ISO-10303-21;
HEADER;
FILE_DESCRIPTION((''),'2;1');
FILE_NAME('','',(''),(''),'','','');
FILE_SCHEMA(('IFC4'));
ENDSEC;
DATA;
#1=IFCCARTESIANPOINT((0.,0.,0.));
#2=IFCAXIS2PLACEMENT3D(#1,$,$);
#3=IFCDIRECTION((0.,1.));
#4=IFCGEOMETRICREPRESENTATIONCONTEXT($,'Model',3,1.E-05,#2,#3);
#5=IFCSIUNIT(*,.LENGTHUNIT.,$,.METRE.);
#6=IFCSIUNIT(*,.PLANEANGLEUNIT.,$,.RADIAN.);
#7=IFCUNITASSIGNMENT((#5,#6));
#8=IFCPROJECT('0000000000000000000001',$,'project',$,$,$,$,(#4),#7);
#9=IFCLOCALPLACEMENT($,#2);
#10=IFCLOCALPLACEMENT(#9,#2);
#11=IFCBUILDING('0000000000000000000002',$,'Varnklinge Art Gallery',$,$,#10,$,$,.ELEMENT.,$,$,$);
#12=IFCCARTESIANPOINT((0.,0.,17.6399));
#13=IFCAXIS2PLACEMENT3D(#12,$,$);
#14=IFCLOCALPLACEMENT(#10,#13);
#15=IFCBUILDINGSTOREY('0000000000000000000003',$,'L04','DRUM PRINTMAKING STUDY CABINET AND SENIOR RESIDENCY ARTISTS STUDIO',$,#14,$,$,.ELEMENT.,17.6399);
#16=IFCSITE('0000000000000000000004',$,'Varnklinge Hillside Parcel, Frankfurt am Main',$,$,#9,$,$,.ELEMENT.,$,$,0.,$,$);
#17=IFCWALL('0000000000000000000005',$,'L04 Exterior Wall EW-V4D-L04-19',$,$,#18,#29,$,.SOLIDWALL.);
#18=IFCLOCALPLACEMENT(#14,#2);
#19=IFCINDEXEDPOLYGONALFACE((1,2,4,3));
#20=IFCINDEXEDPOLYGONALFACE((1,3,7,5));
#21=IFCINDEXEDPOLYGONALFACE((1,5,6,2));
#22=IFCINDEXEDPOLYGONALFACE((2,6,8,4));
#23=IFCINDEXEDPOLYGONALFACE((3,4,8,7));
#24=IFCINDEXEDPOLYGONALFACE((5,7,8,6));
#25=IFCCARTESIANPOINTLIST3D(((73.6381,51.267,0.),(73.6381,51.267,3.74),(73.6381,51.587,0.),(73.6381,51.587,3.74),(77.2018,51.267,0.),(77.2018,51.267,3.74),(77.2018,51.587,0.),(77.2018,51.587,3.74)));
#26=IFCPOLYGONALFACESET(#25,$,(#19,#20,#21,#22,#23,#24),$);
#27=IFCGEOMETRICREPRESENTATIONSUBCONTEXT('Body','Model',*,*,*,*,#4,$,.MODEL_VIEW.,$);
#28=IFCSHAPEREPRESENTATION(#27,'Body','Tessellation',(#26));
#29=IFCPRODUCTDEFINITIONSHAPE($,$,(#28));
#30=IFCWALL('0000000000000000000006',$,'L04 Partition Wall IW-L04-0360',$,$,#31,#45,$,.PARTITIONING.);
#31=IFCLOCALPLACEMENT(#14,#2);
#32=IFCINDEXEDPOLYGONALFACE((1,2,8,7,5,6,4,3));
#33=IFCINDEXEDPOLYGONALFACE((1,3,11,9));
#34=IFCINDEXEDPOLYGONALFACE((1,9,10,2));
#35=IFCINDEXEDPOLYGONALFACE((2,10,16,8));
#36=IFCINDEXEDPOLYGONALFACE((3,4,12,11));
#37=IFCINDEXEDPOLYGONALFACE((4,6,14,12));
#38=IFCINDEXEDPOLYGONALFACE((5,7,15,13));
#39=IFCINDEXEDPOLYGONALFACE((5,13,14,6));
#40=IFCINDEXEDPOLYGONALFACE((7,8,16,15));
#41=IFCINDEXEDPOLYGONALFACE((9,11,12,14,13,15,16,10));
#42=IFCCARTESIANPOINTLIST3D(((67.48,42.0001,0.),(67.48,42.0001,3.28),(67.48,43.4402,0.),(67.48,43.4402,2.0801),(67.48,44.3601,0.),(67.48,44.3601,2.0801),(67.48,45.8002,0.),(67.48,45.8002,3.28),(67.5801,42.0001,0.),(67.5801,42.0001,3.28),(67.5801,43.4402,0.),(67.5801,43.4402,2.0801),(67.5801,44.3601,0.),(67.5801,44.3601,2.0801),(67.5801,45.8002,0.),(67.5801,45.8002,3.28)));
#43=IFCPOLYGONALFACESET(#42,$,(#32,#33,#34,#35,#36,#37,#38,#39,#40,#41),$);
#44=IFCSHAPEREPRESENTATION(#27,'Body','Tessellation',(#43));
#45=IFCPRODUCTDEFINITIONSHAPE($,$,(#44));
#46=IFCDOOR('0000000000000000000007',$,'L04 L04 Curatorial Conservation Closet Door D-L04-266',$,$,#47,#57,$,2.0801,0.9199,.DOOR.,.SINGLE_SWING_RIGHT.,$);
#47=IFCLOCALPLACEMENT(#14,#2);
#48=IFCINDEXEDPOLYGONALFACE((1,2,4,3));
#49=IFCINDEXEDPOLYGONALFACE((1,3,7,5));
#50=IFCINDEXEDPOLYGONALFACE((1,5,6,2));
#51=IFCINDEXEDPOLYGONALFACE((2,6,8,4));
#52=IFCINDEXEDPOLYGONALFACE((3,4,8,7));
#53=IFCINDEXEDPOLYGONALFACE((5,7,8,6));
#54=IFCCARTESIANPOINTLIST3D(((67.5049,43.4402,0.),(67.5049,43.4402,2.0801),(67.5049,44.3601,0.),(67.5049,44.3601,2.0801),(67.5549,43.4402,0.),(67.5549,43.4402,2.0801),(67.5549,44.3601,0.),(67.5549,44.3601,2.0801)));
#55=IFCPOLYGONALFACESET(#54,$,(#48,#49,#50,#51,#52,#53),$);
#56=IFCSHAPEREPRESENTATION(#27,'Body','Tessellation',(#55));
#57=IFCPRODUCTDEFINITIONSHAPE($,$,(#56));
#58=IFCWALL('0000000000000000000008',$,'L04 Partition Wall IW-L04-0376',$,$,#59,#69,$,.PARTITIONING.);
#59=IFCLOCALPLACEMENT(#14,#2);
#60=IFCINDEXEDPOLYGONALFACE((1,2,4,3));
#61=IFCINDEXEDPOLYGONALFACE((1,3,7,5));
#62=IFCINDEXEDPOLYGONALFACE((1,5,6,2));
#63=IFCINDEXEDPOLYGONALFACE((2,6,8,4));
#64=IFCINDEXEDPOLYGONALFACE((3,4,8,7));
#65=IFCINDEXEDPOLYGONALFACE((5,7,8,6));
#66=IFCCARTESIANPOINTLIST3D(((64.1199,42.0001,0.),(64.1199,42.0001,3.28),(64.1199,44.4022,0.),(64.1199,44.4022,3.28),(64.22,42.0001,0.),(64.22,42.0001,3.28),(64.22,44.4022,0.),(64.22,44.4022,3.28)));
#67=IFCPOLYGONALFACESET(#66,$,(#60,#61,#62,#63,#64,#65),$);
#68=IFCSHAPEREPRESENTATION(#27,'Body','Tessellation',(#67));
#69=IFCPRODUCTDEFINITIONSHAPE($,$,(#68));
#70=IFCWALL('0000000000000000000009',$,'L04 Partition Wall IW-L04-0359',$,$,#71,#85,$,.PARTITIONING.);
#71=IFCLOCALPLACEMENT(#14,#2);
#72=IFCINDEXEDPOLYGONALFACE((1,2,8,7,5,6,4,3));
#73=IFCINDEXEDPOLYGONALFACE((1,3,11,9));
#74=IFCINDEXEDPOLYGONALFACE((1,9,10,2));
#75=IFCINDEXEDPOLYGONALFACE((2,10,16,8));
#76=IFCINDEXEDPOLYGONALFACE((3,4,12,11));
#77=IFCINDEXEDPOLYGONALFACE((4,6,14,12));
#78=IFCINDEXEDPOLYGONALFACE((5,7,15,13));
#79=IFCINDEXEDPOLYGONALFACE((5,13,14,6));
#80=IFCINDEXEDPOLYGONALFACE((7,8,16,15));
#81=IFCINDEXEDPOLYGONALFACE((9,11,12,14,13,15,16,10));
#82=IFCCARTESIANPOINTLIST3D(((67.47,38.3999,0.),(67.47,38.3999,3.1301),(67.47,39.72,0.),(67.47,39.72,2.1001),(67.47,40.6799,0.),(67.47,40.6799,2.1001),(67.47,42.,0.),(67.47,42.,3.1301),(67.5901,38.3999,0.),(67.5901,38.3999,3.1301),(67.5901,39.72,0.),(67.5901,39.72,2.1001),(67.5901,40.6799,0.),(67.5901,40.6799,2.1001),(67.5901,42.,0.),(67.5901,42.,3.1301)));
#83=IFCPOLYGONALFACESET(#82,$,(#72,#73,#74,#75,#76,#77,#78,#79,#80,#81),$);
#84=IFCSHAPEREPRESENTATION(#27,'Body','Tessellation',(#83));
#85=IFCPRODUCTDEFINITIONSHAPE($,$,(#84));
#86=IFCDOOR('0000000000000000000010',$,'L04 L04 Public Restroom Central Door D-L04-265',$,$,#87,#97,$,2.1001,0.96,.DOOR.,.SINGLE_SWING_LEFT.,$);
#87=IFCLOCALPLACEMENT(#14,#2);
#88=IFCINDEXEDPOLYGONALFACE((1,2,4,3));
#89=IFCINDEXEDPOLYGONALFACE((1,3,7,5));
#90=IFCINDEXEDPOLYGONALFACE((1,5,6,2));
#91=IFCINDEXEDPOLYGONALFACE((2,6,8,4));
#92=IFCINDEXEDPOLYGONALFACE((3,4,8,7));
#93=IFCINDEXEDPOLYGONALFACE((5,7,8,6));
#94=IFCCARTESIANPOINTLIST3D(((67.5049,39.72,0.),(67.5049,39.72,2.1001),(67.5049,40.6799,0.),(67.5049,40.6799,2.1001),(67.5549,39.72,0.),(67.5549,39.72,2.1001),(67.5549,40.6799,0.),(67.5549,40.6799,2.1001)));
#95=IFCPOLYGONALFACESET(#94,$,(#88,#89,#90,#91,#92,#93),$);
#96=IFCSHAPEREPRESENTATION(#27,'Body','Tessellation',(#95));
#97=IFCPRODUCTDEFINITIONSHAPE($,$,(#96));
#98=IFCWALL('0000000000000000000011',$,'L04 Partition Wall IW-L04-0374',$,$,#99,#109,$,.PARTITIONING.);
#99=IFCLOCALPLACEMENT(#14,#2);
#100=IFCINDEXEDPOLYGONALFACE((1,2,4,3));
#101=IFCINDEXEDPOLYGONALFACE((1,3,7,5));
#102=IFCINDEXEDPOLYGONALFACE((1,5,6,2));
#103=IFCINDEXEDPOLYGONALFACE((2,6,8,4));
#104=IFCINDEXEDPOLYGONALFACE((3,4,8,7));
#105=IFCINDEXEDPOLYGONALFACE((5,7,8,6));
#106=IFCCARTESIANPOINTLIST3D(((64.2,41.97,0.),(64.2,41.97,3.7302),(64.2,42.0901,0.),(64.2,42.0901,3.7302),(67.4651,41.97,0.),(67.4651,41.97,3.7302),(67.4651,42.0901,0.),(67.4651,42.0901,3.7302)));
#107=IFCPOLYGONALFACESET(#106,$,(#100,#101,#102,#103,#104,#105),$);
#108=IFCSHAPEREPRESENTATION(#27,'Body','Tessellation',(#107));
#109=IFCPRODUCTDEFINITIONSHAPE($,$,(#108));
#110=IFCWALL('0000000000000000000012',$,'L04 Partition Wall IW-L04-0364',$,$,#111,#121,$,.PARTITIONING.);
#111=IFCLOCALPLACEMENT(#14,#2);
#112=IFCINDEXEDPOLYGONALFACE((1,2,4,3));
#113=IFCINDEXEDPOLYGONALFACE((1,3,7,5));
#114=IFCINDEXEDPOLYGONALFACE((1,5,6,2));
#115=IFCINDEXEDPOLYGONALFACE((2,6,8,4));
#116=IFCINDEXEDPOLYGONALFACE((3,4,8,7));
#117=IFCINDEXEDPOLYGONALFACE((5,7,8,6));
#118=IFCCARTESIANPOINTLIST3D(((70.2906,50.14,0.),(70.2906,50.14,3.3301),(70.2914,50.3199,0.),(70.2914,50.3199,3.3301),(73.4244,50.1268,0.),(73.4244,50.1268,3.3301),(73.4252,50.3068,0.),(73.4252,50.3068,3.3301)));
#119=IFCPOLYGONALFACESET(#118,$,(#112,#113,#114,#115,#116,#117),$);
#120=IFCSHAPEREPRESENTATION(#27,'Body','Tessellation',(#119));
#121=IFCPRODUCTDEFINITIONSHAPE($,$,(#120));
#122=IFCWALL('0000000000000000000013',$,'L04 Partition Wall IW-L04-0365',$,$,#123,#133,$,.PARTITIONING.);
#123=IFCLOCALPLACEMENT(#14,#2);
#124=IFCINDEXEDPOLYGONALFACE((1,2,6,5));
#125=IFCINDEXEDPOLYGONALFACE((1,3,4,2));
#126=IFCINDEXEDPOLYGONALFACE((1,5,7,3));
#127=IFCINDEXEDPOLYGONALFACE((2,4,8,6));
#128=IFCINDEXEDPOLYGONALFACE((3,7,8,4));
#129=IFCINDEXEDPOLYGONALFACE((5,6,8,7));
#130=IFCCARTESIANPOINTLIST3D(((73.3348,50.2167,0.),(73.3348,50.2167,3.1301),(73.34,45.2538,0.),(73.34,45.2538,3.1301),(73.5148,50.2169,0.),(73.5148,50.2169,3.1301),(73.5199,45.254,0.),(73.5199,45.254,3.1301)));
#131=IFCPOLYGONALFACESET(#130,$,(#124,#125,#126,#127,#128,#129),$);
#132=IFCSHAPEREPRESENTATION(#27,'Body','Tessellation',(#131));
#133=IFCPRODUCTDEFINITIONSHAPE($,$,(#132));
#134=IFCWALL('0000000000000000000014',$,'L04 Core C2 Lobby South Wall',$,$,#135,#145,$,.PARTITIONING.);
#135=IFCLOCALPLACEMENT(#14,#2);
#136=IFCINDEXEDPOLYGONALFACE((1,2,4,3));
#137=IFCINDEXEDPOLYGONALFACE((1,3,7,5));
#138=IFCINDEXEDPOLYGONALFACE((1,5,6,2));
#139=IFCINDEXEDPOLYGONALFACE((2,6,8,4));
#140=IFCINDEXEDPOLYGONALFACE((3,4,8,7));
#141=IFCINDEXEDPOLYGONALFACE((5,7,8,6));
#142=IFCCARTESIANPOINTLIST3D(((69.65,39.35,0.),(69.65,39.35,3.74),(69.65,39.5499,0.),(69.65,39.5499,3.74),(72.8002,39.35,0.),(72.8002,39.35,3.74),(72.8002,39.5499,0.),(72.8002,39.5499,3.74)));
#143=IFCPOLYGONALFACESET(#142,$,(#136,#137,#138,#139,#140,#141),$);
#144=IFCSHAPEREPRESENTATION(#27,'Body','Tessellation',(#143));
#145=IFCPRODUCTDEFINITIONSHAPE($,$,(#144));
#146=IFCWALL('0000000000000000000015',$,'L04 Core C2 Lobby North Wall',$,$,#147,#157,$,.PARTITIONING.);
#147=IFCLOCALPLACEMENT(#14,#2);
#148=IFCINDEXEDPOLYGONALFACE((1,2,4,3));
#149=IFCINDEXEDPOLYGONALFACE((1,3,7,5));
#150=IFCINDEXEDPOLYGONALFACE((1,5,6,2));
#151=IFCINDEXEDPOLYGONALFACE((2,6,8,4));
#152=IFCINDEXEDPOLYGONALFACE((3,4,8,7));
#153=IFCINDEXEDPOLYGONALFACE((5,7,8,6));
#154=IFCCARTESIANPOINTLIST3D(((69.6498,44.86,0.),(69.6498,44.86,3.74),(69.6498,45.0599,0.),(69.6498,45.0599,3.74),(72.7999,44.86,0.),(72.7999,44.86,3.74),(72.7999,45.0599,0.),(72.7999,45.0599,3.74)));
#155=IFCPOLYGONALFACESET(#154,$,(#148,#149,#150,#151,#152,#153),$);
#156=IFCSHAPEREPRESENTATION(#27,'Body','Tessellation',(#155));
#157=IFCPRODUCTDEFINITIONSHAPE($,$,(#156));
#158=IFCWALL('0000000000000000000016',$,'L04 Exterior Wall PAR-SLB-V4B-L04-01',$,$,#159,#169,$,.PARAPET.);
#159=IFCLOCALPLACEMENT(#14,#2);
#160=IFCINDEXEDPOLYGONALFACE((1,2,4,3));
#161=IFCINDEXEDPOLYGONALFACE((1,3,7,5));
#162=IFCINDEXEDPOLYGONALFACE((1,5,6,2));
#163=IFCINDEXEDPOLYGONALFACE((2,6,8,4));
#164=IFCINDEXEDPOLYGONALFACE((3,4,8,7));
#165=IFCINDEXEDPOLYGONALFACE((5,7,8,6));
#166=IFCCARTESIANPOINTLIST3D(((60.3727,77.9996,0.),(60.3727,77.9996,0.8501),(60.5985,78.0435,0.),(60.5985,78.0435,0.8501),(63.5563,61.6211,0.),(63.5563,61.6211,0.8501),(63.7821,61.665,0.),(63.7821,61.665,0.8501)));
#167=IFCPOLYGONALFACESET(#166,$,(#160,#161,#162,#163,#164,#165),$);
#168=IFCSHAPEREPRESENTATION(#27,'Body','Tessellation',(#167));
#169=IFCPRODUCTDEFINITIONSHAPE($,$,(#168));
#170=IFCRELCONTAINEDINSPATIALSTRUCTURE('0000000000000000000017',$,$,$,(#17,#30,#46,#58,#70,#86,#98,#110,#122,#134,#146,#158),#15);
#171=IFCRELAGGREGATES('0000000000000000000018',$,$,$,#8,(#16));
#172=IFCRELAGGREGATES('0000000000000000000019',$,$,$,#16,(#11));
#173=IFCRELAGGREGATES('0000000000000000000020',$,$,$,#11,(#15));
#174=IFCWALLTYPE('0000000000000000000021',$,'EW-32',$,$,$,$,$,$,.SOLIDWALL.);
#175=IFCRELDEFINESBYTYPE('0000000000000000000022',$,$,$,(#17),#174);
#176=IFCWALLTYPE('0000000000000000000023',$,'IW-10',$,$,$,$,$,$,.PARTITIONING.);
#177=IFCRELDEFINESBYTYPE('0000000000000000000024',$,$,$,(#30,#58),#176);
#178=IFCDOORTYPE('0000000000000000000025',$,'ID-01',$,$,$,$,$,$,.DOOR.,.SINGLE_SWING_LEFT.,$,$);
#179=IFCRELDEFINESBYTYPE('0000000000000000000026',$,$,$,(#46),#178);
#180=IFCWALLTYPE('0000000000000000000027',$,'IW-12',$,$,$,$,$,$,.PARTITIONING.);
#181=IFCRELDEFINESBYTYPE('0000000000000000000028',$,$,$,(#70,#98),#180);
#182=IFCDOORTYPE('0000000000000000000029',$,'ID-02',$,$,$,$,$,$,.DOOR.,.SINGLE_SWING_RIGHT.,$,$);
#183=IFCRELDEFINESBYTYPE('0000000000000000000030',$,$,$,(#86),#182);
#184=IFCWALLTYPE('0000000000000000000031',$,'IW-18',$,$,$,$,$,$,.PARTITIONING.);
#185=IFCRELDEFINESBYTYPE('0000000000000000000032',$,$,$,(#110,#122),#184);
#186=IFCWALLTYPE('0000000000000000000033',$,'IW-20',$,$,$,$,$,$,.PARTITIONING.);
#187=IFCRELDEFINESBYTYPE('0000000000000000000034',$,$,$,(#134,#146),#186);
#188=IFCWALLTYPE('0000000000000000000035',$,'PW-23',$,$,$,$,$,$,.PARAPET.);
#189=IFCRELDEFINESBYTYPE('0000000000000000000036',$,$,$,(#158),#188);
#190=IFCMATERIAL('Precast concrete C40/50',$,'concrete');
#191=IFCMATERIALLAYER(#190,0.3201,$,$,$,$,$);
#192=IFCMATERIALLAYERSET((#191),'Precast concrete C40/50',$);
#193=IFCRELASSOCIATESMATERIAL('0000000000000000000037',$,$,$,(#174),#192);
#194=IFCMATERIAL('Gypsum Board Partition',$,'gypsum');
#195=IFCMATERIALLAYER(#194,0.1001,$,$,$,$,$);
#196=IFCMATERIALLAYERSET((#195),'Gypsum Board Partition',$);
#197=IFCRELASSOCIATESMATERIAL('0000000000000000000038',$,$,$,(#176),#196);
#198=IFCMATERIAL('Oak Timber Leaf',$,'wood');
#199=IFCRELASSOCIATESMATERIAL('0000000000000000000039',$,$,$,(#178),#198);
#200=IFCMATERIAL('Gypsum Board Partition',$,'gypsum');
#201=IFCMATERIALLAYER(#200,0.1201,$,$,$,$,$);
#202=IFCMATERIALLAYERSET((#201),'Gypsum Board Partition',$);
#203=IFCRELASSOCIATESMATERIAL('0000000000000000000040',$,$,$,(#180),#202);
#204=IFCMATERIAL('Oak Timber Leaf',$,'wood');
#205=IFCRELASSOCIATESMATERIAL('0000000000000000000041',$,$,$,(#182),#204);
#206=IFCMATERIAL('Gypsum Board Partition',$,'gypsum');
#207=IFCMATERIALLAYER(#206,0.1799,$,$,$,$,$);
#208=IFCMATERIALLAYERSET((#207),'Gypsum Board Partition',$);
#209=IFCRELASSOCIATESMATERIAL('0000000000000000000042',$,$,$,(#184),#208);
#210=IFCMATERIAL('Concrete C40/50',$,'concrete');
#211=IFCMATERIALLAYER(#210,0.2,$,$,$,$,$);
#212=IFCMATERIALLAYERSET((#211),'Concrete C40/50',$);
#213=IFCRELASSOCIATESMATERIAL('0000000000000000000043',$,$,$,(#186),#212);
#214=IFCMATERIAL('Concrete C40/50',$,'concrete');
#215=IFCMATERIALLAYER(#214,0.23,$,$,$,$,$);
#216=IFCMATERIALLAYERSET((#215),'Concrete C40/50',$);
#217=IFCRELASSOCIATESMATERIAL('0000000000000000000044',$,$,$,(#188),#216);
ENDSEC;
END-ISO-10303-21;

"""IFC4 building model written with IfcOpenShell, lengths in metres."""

from ifc_helpers import new_model, si_unit, direction, frame, frame_2d, origin, place, context, subcontext, project, spatial, rectangle, extrude, material, layer, layer_set, type_object, element, fill, save


model = new_model("IFC4")

# Units and contexts
model_context = context("Model", 3, precision=1e-05, world=origin(), true_north=direction((0.0, 1.0)))
body_context = subcontext(model_context, "Body", "Model", "MODEL_VIEW")
ifc_project = project(units=[si_unit("LENGTHUNIT", "METRE"), si_unit("PLANEANGLEUNIT", "RADIAN")], contexts=[model_context])

# Site, building, storey
site_placement = place(None, origin())
site = spatial("IfcSite", under=ifc_project, at=site_placement, Name="Varnklinge Hillside Parcel, Frankfurt am Main", CompositionType="ELEMENT", RefElevation=0.0)
building_placement = place(site_placement, origin())
building = spatial("IfcBuilding", under=site, at=building_placement, Name="Varnklinge Art Gallery", CompositionType="ELEMENT")
storey_placement = place(building_placement, frame((0.0, 0.0, 17.6399)))
storey = spatial("IfcBuildingStorey", under=building, at=storey_placement, Name="L04", Description="DRUM PRINTMAKING STUDY CABINET AND SENIOR RESIDENCY ARTISTS STUDIO", CompositionType="ELEMENT", Elevation=17.6399)

# Shared definitions
ifc_material_1 = material(Name="Precast concrete C40/50", Category="concrete")
ifc_layer_1 = layer(ifc_material_1, 0.3201)
ifc_layer_set_1 = layer_set([ifc_layer_1], Name="Precast concrete C40/50")
wall_type_1 = type_object("IfcWallType", Name="EW-32", PredefinedType="SOLIDWALL", material=ifc_layer_set_1)

# Wall
wall_1_placement = place(storey_placement, frame((73.6382, 51.427, 0.0), z_axis=(0.0, 0.0, 1.0), x_axis=(1.0, 0.0, 0.0)))
element("IfcWall", 1, at=wall_1_placement, inside=storey, type_object=wall_type_1, Name="L04 Exterior Wall EW-V4D-L04-19", PredefinedType="SOLIDWALL", context=body_context, shape_type="SweptSolid", body=[
    extrude(rectangle(XDim=3.5637, YDim=0.3201, at=frame_2d((1.7817, 0.0))), origin(), (0.0, 0.0, 1.0), 3.74),
])

# Wall, opening, door
ifc_material_2 = material(Name="Gypsum Board Partition", Category="gypsum")
ifc_layer_2 = layer(ifc_material_2, 0.1001)
ifc_layer_set_2 = layer_set([ifc_layer_2], Name="Gypsum Board Partition")
wall_type_2 = type_object("IfcWallType", Name="IW-10", PredefinedType="PARTITIONING", material=ifc_layer_set_2)
wall_2_placement = place(storey_placement, frame((67.53, 45.8, 0.0), z_axis=(0.0, 0.0, 1.0), x_axis=(0.0, -1.0, 0.0)))
wall_2 = element("IfcWall", 2, at=wall_2_placement, inside=storey, type_object=wall_type_2, Name="L04 Partition Wall IW-L04-0360", PredefinedType="PARTITIONING", context=body_context, shape_type="SweptSolid", body=[
    extrude(rectangle(XDim=3.8, YDim=0.1001, at=frame_2d((1.8999, 0.0))), origin(), (0.0, 0.0, 1.0), 3.28),
])
opening_1_placement = place(wall_2_placement, frame((1.4399, 0.0, 0.0)))
opening_1 = element("IfcOpeningElement", 3, at=opening_1_placement, cuts=wall_2, PredefinedType="OPENING", context=body_context, shape_type="SweptSolid", body=[
    extrude(rectangle(XDim=0.9199, YDim=2.0801, at=frame_2d((0.46, 1.04))), frame((0.0, 0.0601, 0.0), z_axis=(0.0, -1.0, 0.0), x_axis=(1.0, 0.0, 0.0)), (0.0, 0.0, 1.0), 0.1201),
])
ifc_material_3 = material(Name="Oak Timber Leaf", Category="wood")
door_type_1 = type_object("IfcDoorType", Name="ID-01", OperationType="SINGLE_SWING_LEFT", PredefinedType="DOOR", material=ifc_material_3)
door_1_placement = place(opening_1_placement, origin())
door_1 = element("IfcDoor", 4, at=door_1_placement, inside=storey, type_object=door_type_1, Name="L04 L04 Curatorial Conservation Closet Door D-L04-266", OperationType="SINGLE_SWING_RIGHT", OverallHeight=2.0801, OverallWidth=0.9199, PredefinedType="DOOR", context=body_context, shape_type="SweptSolid", body=[
    extrude(rectangle(XDim=0.9199, YDim=2.0801, at=frame_2d((0.46, 1.04))), frame((0.0, 0.0249, 0.0), z_axis=(0.0, -1.0, 0.0), x_axis=(1.0, 0.0, 0.0)), (0.0, 0.0, 1.0), 0.05),
])
fill(opening_1, door_1)

# Wall
wall_3_placement = place(storey_placement, frame((64.1699, 42.0, 0.0), z_axis=(0.0, 0.0, 1.0), x_axis=(0.0, 1.0, 0.0)))
element("IfcWall", 5, at=wall_3_placement, inside=storey, type_object=wall_type_2, Name="L04 Partition Wall IW-L04-0376", PredefinedType="PARTITIONING", context=body_context, shape_type="SweptSolid", body=[
    extrude(rectangle(XDim=2.4021, YDim=0.1001, at=frame_2d((1.2012, 0.0))), origin(), (0.0, 0.0, 1.0), 3.28),
])

# Wall, opening, door
ifc_material_4 = material(Name="Gypsum Board Partition", Category="gypsum")
ifc_layer_3 = layer(ifc_material_4, 0.1201)
ifc_layer_set_3 = layer_set([ifc_layer_3], Name="Gypsum Board Partition")
wall_type_3 = type_object("IfcWallType", Name="IW-12", PredefinedType="PARTITIONING", material=ifc_layer_set_3)
wall_4_placement = place(storey_placement, frame((67.53, 42.0, 0.0), z_axis=(0.0, 0.0, 1.0), x_axis=(0.0, -1.0, 0.0)))
wall_4 = element("IfcWall", 6, at=wall_4_placement, inside=storey, type_object=wall_type_3, Name="L04 Partition Wall IW-L04-0359", PredefinedType="PARTITIONING", context=body_context, shape_type="SweptSolid", body=[
    extrude(rectangle(XDim=3.6001, YDim=0.1201, at=frame_2d((1.8, 0.0))), origin(), (0.0, 0.0, 1.0), 3.1301),
])
opening_2_placement = place(wall_4_placement, frame((1.3201, 0.0, 0.0)))
opening_2 = element("IfcOpeningElement", 7, at=opening_2_placement, cuts=wall_4, PredefinedType="OPENING", context=body_context, shape_type="SweptSolid", body=[
    extrude(rectangle(XDim=0.96, YDim=2.1001, at=frame_2d((0.48, 1.05))), frame((0.0, 0.0701, 0.0), z_axis=(0.0, -1.0, 0.0), x_axis=(1.0, 0.0, 0.0)), (0.0, 0.0, 1.0), 0.1401),
])
ifc_material_5 = material(Name="Oak Timber Leaf", Category="wood")
door_type_2 = type_object("IfcDoorType", Name="ID-02", OperationType="SINGLE_SWING_RIGHT", PredefinedType="DOOR", material=ifc_material_5)
door_2_placement = place(opening_2_placement, origin())
door_2 = element("IfcDoor", 8, at=door_2_placement, inside=storey, type_object=door_type_2, Name="L04 L04 Public Restroom Central Door D-L04-265", OperationType="SINGLE_SWING_LEFT", OverallHeight=2.1001, OverallWidth=0.96, PredefinedType="DOOR", context=body_context, shape_type="SweptSolid", body=[
    extrude(rectangle(XDim=0.96, YDim=2.1001, at=frame_2d((0.48, 1.05))), frame((0.0, 0.0249, 0.0), z_axis=(0.0, -1.0, 0.0), x_axis=(1.0, 0.0, 0.0)), (0.0, 0.0, 1.0), 0.05),
])
fill(opening_2, door_2)

# Walls
wall_5_placement = place(storey_placement, frame((64.2, 42.03, 0.0), z_axis=(0.0, 0.0, 1.0), x_axis=(1.0, 0.0, 0.0)))
element("IfcWall", 9, at=wall_5_placement, inside=storey, type_object=wall_type_3, Name="L04 Partition Wall IW-L04-0374", PredefinedType="PARTITIONING", context=body_context, shape_type="SweptSolid", body=[
    extrude(rectangle(XDim=3.2651, YDim=0.1201, at=frame_2d((1.6326, 0.0))), origin(), (0.0, 0.0, 1.0), 3.7302),
])
ifc_material_6 = material(Name="Gypsum Board Partition", Category="gypsum")
ifc_layer_4 = layer(ifc_material_6, 0.1799)
ifc_layer_set_4 = layer_set([ifc_layer_4], Name="Gypsum Board Partition")
wall_type_4 = type_object("IfcWallType", Name="IW-18", PredefinedType="PARTITIONING", material=ifc_layer_set_4)
wall_6_placement = place(storey_placement, frame((70.291, 50.23, 0.0), z_axis=(0.0, 0.0, 1.0), x_axis=(0.999991, -0.004207, 0.0)))
element("IfcWall", 10, at=wall_6_placement, inside=storey, type_object=wall_type_4, Name="L04 Partition Wall IW-L04-0364", PredefinedType="PARTITIONING", context=body_context, shape_type="SweptSolid", body=[
    extrude(rectangle(XDim=3.1338, YDim=0.1799, at=frame_2d((1.5669, 0.0))), origin(), (0.0, 0.0, 1.0), 3.3301),
])
wall_7_placement = place(storey_placement, frame((73.4248, 50.2168, 0.0), z_axis=(0.0, 0.0, 1.0), x_axis=(0.001033, -0.999999, 0.0)))
element("IfcWall", 11, at=wall_7_placement, inside=storey, type_object=wall_type_4, Name="L04 Partition Wall IW-L04-0365", PredefinedType="PARTITIONING", context=body_context, shape_type="SweptSolid", body=[
    extrude(rectangle(XDim=4.9629, YDim=0.1799, at=frame_2d((2.4814, 0.0))), origin(), (0.0, 0.0, 1.0), 3.1301),
])
ifc_material_7 = material(Name="Concrete C40/50", Category="concrete")
ifc_layer_5 = layer(ifc_material_7, 0.2)
ifc_layer_set_5 = layer_set([ifc_layer_5], Name="Concrete C40/50")
wall_type_5 = type_object("IfcWallType", Name="IW-20", PredefinedType="PARTITIONING", material=ifc_layer_set_5)
for number, where, z_axis, x_axis, name in (
    (12, (69.6499, 39.45, 0.0), (0.0, 0.0, 1.0), (1.0, 0.0, 0.0), "L04 Core C2 Lobby South Wall"),
    (13, (72.8, 44.96, 0.0), (0.0, 0.0, 1.0), (-1.0, 0.0, 0.0), "L04 Core C2 Lobby North Wall"),
):
    element("IfcWall", number, at=place(storey_placement, frame(where, z_axis=z_axis, x_axis=x_axis)), inside=storey, type_object=wall_type_5, Name=name, PredefinedType="PARTITIONING", context=body_context, shape_type="SweptSolid", body=[
        extrude(rectangle(XDim=3.1501, YDim=0.2, at=frame_2d((1.5752, 0.0))), origin(), (0.0, 0.0, 1.0), 3.74),
    ])
ifc_material_8 = material(Name="Concrete C40/50", Category="concrete")
ifc_layer_6 = layer(ifc_material_8, 0.23)
ifc_layer_set_6 = layer_set([ifc_layer_6], Name="Concrete C40/50")
wall_type_6 = type_object("IfcWallType", Name="PW-23", PredefinedType="PARAPET", material=ifc_layer_set_6)
wall_8_placement = place(storey_placement, frame((63.6692, 61.6431, 0.0), z_axis=(0.0, 0.0, 1.0), x_axis=(-0.190806, 0.981628, 0.0)))
element("IfcWall", 14, at=wall_8_placement, inside=storey, type_object=wall_type_6, Name="L04 Exterior Wall PAR-SLB-V4B-L04-01", PredefinedType="PARAPET", context=body_context, shape_type="SweptSolid", body=[
    extrude(rectangle(XDim=16.6851, YDim=0.23, at=frame_2d((8.3425, 0.0))), origin(), (0.0, 0.0, 1.0), 0.8501),
])

save(model, "model.ifc")
